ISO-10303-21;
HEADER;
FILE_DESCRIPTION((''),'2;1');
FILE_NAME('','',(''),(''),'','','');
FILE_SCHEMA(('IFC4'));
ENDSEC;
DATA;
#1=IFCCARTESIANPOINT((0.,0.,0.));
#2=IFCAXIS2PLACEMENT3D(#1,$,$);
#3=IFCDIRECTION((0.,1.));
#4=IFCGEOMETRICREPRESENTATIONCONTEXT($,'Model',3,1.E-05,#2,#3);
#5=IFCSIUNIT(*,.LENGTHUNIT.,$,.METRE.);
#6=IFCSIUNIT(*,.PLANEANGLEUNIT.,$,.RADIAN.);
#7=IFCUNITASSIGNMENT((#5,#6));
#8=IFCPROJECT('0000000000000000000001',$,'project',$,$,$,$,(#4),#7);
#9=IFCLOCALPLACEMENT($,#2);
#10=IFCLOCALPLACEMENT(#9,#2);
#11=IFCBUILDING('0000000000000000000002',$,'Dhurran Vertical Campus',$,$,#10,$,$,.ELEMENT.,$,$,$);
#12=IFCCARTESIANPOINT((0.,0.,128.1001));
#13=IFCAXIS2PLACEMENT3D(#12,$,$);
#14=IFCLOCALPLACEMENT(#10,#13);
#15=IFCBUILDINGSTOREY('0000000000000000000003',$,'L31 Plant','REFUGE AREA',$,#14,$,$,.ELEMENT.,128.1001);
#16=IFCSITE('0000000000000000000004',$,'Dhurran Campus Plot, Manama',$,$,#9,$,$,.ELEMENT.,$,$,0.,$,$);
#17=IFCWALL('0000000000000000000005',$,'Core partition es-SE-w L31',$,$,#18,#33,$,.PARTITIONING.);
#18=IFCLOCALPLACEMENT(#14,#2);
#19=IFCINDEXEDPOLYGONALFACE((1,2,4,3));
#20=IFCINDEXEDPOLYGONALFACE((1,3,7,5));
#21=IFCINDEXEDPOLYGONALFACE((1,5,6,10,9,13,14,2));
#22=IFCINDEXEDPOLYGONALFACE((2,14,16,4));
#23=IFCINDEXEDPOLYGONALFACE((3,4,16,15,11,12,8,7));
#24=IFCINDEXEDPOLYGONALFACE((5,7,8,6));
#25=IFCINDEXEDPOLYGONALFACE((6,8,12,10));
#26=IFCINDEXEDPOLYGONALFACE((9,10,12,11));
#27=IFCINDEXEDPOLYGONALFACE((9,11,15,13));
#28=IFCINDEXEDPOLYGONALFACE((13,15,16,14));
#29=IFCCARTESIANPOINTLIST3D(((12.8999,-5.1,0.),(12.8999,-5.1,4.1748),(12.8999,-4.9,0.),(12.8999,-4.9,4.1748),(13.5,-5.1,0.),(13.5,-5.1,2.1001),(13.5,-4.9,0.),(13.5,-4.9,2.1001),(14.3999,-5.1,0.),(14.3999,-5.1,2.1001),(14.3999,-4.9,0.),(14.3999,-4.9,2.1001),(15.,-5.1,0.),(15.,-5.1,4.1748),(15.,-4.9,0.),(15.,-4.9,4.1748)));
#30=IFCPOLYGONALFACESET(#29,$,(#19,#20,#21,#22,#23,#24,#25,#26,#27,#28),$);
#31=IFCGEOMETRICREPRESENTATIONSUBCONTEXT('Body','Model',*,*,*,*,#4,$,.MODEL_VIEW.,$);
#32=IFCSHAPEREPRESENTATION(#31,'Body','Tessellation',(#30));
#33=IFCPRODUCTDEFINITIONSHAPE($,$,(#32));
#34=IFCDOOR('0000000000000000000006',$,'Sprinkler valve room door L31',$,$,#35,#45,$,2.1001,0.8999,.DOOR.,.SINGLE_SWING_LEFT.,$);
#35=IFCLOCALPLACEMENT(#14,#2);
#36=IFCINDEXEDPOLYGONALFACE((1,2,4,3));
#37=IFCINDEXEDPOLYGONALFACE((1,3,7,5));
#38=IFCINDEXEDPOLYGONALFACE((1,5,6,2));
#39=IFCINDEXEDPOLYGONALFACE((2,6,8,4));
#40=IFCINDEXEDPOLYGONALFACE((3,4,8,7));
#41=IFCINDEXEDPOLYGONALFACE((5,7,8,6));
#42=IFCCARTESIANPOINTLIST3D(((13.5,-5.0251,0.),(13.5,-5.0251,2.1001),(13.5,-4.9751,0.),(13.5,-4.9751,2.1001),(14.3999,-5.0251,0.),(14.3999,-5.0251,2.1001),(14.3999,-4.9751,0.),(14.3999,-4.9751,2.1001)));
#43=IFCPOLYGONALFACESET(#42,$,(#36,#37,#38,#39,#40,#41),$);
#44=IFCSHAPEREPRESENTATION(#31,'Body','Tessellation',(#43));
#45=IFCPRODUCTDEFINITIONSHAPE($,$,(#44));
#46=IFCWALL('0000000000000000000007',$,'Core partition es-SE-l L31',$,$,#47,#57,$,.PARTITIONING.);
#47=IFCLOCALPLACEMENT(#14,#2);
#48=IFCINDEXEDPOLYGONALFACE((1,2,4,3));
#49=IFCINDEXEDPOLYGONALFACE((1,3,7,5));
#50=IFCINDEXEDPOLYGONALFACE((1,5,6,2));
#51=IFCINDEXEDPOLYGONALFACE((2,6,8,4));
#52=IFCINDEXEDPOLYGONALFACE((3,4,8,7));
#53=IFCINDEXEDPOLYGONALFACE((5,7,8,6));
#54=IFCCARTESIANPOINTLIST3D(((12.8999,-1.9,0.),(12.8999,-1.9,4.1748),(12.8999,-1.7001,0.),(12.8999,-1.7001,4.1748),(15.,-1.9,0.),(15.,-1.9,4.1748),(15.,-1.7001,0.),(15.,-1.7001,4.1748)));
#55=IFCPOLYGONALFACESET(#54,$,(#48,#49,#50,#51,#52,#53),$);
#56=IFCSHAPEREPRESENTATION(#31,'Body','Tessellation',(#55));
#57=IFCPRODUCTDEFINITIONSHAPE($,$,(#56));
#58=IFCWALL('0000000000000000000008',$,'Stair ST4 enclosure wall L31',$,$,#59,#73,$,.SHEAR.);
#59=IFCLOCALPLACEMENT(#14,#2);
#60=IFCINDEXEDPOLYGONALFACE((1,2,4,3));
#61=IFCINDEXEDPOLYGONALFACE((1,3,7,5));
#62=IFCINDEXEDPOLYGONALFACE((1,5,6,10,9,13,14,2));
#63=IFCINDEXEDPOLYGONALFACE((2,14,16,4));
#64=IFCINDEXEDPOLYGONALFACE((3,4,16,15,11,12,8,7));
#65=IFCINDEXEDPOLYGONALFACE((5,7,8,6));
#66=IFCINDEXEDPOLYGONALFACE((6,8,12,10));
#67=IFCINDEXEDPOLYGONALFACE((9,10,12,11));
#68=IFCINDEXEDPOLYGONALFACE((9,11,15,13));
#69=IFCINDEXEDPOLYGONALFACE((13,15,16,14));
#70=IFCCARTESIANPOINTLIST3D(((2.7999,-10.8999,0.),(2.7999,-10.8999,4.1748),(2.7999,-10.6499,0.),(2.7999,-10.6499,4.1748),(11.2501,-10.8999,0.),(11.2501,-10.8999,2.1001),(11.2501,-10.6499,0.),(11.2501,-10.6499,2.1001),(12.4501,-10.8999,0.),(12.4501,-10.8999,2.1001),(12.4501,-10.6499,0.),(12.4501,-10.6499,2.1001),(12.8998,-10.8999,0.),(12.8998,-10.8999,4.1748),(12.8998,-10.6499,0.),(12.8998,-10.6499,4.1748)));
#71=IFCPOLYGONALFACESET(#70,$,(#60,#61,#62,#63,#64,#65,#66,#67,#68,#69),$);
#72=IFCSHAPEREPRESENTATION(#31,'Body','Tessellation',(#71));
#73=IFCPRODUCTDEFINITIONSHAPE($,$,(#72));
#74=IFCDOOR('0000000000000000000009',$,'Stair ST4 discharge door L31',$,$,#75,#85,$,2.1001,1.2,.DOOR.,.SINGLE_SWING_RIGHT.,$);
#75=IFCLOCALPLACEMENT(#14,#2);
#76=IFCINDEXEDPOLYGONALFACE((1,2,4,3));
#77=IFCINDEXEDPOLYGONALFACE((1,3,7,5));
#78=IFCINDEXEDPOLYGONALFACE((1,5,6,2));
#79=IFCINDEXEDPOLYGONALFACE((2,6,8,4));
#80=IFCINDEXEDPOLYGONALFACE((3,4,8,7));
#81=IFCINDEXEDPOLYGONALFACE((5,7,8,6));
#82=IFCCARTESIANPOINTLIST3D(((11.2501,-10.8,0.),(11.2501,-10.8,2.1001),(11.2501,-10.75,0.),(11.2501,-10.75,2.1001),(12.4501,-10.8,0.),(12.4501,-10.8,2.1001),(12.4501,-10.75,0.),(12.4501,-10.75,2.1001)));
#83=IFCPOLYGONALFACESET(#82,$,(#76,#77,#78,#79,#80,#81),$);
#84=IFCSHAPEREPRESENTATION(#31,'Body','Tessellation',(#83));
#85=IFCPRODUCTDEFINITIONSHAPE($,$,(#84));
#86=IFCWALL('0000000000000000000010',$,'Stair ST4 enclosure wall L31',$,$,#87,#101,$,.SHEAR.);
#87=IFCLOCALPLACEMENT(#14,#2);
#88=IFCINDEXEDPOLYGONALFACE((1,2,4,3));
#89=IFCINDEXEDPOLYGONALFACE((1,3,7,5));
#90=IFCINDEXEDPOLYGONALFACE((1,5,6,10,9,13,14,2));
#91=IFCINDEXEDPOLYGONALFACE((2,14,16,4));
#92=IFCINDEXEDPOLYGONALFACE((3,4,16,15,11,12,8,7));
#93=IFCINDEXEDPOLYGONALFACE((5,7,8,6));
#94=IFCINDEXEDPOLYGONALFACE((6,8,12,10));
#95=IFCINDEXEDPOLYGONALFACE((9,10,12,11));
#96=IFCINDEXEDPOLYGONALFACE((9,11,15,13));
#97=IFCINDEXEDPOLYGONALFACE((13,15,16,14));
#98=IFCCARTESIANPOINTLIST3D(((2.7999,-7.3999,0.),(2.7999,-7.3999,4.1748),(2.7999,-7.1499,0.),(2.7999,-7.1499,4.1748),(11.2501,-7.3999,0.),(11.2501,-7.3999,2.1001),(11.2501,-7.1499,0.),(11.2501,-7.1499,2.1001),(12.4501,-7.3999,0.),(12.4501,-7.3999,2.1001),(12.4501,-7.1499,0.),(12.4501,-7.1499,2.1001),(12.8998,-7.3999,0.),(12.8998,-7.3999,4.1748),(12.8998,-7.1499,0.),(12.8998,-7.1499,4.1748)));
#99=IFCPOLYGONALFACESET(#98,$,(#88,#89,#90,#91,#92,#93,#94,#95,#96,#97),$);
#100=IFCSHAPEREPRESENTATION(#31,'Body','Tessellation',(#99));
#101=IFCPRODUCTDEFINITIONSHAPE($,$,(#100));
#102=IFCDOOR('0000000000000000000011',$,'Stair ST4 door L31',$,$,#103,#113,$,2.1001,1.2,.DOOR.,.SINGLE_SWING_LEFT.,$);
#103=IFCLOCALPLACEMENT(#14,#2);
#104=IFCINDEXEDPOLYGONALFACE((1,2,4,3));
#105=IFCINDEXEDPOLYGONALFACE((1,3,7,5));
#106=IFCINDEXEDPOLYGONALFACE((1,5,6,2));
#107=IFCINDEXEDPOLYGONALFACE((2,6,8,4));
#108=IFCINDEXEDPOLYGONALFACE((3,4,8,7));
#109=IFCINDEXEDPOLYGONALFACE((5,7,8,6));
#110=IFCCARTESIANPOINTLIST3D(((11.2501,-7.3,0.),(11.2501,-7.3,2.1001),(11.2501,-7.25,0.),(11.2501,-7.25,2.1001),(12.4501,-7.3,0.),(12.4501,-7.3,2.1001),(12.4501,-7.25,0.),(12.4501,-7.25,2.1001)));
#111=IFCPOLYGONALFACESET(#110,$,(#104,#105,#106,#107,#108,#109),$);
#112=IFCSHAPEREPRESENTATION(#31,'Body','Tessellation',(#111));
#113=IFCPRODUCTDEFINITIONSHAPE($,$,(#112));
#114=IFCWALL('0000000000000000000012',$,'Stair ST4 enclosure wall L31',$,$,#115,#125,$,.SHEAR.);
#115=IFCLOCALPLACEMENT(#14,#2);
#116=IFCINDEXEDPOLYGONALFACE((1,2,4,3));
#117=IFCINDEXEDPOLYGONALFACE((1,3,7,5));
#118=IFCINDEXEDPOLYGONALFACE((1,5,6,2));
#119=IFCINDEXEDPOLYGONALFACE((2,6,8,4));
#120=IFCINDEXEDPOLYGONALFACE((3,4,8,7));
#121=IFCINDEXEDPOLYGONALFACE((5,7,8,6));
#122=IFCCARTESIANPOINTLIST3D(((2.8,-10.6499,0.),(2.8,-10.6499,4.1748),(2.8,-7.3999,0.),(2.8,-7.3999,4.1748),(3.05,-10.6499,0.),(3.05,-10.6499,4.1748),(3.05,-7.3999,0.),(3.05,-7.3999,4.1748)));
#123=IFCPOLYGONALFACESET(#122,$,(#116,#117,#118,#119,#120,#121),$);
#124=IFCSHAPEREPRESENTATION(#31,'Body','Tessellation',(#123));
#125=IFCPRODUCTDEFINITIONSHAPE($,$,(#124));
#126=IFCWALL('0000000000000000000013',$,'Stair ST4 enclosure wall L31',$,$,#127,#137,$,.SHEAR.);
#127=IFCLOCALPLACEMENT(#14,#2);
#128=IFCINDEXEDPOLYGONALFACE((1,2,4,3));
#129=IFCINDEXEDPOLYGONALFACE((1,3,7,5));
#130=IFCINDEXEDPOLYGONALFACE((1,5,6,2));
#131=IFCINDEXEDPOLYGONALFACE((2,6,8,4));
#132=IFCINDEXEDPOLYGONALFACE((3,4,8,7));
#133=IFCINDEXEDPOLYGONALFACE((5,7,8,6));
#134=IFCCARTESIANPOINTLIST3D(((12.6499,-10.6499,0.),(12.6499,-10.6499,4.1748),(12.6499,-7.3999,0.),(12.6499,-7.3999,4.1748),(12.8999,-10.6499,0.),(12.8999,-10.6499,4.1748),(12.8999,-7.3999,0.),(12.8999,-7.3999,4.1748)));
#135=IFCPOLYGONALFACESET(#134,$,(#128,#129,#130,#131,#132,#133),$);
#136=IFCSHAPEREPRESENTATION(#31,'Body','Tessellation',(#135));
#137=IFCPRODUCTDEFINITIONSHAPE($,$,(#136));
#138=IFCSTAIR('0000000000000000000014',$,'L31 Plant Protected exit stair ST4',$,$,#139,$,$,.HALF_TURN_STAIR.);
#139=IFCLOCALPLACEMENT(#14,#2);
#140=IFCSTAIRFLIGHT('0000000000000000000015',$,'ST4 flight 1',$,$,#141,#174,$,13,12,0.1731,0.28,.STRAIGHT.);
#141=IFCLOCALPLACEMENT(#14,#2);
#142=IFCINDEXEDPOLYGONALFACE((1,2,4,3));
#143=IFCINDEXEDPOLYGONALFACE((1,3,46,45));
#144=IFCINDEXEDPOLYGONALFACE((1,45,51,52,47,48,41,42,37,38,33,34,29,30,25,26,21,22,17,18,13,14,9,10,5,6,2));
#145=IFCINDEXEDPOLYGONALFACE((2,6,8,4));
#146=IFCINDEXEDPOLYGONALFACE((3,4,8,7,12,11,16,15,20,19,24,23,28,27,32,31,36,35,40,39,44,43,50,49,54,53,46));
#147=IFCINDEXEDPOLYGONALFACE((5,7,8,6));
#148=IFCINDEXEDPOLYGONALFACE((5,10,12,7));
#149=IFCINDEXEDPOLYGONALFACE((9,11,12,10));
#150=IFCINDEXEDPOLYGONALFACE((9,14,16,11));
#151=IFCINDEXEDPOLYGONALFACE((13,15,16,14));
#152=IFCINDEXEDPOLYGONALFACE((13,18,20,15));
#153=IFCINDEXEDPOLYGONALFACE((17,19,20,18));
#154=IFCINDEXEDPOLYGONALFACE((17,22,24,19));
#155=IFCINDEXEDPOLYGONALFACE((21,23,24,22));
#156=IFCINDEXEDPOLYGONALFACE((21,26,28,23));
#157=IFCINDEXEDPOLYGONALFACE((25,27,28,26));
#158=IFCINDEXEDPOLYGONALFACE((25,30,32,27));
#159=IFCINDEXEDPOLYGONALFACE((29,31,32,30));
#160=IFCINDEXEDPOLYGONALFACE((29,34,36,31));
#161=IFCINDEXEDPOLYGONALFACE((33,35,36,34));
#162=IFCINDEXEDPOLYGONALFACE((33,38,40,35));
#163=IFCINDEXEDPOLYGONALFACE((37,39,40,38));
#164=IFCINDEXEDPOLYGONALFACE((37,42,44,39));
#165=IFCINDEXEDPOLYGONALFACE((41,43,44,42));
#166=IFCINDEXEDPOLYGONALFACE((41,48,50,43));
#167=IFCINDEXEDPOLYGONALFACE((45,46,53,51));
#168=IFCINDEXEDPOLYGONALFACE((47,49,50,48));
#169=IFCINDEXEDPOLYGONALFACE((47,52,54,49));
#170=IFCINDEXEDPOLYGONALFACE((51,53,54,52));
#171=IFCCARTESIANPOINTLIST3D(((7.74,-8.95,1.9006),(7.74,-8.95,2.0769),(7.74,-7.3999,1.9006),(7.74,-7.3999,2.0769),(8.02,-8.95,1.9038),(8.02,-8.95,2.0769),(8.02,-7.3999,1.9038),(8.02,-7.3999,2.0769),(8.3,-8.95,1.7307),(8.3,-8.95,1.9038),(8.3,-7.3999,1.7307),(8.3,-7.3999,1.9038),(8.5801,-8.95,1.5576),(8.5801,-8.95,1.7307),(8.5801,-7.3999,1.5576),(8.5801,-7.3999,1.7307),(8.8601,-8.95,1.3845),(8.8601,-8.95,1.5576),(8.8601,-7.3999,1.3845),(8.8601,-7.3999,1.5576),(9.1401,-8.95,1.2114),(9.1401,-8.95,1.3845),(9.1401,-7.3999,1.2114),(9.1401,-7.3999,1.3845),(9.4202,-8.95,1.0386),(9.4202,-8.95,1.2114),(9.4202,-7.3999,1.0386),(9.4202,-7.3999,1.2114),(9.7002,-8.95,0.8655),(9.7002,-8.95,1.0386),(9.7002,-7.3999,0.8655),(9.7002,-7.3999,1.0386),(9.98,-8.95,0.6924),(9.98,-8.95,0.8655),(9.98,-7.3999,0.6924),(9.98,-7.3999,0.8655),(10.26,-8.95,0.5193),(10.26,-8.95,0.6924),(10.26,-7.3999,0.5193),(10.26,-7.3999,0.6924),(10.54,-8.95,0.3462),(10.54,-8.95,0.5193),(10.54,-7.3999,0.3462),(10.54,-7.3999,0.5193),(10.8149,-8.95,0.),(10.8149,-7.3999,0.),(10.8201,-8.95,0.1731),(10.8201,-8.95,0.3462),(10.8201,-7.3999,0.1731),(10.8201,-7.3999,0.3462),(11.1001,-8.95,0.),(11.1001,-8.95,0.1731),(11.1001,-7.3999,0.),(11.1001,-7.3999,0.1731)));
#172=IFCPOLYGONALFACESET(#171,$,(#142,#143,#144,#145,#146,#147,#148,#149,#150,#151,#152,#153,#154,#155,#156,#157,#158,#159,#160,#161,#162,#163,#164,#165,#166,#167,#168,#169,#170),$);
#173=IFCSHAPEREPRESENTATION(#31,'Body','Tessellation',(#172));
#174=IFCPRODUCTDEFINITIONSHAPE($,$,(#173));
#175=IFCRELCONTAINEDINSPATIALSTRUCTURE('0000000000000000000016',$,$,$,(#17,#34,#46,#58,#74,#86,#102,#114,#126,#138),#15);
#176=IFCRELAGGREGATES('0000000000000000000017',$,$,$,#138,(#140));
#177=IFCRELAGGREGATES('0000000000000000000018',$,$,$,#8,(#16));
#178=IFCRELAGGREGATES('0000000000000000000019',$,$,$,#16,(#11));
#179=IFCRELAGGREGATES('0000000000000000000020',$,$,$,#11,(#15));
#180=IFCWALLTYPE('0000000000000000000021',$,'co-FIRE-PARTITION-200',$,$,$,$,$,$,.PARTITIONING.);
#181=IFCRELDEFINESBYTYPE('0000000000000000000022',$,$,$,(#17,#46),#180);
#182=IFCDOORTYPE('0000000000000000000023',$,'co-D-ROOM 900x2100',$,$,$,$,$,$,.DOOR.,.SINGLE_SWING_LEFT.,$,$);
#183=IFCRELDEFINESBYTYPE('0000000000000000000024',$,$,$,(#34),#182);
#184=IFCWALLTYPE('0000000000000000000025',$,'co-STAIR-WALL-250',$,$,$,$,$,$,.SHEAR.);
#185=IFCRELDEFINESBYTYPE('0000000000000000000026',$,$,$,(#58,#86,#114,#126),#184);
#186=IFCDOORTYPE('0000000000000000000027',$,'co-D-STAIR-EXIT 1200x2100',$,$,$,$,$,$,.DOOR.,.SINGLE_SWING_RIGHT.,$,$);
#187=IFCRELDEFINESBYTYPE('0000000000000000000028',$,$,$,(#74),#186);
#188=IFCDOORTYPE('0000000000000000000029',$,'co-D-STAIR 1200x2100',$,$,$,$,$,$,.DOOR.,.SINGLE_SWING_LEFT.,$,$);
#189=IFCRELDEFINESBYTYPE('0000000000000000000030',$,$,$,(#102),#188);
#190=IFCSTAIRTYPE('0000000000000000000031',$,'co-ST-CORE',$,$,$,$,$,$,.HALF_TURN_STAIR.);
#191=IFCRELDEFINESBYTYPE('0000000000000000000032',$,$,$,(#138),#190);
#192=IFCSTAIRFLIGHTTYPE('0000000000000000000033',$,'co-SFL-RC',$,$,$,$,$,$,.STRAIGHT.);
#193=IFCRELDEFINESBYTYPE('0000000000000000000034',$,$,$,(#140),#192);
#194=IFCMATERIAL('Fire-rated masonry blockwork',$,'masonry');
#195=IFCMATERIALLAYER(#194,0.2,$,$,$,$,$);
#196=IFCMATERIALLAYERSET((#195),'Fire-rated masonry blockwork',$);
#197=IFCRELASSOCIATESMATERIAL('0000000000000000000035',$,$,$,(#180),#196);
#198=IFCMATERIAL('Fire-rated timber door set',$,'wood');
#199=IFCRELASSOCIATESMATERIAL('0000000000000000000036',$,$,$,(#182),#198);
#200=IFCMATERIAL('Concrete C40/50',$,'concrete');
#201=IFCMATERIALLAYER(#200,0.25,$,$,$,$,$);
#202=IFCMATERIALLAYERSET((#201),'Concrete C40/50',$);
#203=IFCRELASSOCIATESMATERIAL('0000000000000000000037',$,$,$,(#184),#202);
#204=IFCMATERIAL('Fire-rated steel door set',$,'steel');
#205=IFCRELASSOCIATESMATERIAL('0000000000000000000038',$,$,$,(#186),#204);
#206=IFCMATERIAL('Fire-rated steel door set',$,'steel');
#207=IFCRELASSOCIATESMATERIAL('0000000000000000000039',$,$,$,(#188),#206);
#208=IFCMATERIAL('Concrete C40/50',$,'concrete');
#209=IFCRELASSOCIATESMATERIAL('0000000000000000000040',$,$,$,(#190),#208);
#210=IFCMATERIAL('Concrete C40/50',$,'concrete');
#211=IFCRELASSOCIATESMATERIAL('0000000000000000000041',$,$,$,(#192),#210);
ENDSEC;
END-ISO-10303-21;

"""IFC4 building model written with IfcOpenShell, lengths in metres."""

from ifc_helpers import new_model, si_unit, direction, frame, frame_2d, origin, place, context, subcontext, project, spatial, polyline, rectangle, outline, extrude, material, layer, layer_set, type_object, element, fill, aggregate, save


model = new_model("IFC4")

# Units and contexts
model_context = context("Model", 3, precision=1e-05, world=origin(), true_north=direction((0.0, 1.0)))
body_context = subcontext(model_context, "Body", "Model", "MODEL_VIEW")
ifc_project = project(units=[si_unit("LENGTHUNIT", "METRE"), si_unit("PLANEANGLEUNIT", "RADIAN")], contexts=[model_context])

# Site, building, storey
site_placement = place(None, origin())
site = spatial("IfcSite", under=ifc_project, at=site_placement, Name="Dhurran Campus Plot, Manama", CompositionType="ELEMENT", RefElevation=0.0)
building_placement = place(site_placement, origin())
building = spatial("IfcBuilding", under=site, at=building_placement, Name="Dhurran Vertical Campus", CompositionType="ELEMENT")
storey_placement = place(building_placement, frame((0.0, 0.0, 128.1001)))
storey = spatial("IfcBuildingStorey", under=building, at=storey_placement, Name="L31 Plant", Description="REFUGE AREA", CompositionType="ELEMENT", Elevation=128.1001)

# Wall, opening, door
ifc_material_1 = material(Name="Fire-rated masonry blockwork", Category="masonry")
ifc_layer_1 = layer(ifc_material_1, 0.2)
ifc_layer_set_1 = layer_set([ifc_layer_1], Name="Fire-rated masonry blockwork")
wall_type_1 = type_object("IfcWallType", Name="co-FIRE-PARTITION-200", PredefinedType="PARTITIONING", material=ifc_layer_set_1)
ifc_material_2 = material(Name="Fire-rated timber door set", Category="wood")
door_type_1 = type_object("IfcDoorType", Name="co-D-ROOM 900x2100", OperationType="SINGLE_SWING_LEFT", PredefinedType="DOOR", material=ifc_material_2)
wall_1_placement = place(storey_placement, frame((12.8999, -5.0, 0.0), z_axis=(0.0, 0.0, 1.0), x_axis=(1.0, 0.0, 0.0)))
wall_1 = element("IfcWall", 1, at=wall_1_placement, inside=storey, type_object=wall_type_1, Name="Core partition es-SE-w L31", PredefinedType="PARTITIONING", context=body_context, shape_type="SweptSolid", body=[
    extrude(rectangle(XDim=2.1001, YDim=0.2, at=frame_2d((1.05, 0.0))), origin(), (0.0, 0.0, 1.0), 4.1748),
])
opening_1_placement = place(wall_1_placement, frame((0.6001, 0.0, 0.0)))
opening_1 = element("IfcOpeningElement", 2, at=opening_1_placement, cuts=wall_1, PredefinedType="OPENING", context=body_context, shape_type="SweptSolid", body=[
    extrude(rectangle(XDim=0.8999, YDim=2.1001, at=frame_2d((0.45, 1.05))), frame((0.0, 0.1099, 0.0), z_axis=(0.0, -1.0, 0.0), x_axis=(1.0, 0.0, 0.0)), (0.0, 0.0, 1.0), 0.22),
])
door_1_placement = place(opening_1_placement, origin())
door_1 = element("IfcDoor", 3, at=door_1_placement, inside=storey, type_object=door_type_1, Name="Sprinkler valve room door L31", OperationType="SINGLE_SWING_LEFT", OverallHeight=2.1001, OverallWidth=0.8999, PredefinedType="DOOR", context=body_context, shape_type="SweptSolid", body=[
    extrude(rectangle(XDim=0.8999, YDim=2.1001, at=frame_2d((0.45, 1.05))), frame((0.0, 0.0249, 0.0), z_axis=(0.0, -1.0, 0.0), x_axis=(1.0, 0.0, 0.0)), (0.0, 0.0, 1.0), 0.05),
])
fill(opening_1, door_1)

# Wall
wall_2_placement = place(storey_placement, frame((12.8999, -1.8, 0.0), z_axis=(0.0, 0.0, 1.0), x_axis=(1.0, 0.0, 0.0)))
element("IfcWall", 4, at=wall_2_placement, inside=storey, type_object=wall_type_1, Name="Core partition es-SE-l L31", PredefinedType="PARTITIONING", context=body_context, shape_type="SweptSolid", body=[
    extrude(rectangle(XDim=2.1001, YDim=0.2, at=frame_2d((1.05, 0.0))), origin(), (0.0, 0.0, 1.0), 4.1748),
])

# Walls, openings, doors
ifc_material_3 = material(Name="Concrete C40/50", Category="concrete")
ifc_layer_2 = layer(ifc_material_3, 0.25)
ifc_layer_set_2 = layer_set([ifc_layer_2], Name="Concrete C40/50")
wall_type_2 = type_object("IfcWallType", Name="co-STAIR-WALL-250", PredefinedType="SHEAR", material=ifc_layer_set_2)
wall_3_placement = place(storey_placement, frame((2.8, -10.7749, 0.0), z_axis=(0.0, 0.0, 1.0), x_axis=(1.0, 0.0, 0.0)))
wall_3 = element("IfcWall", 5, at=wall_3_placement, inside=storey, type_object=wall_type_2, Name="Stair ST4 enclosure wall L31", PredefinedType="SHEAR", context=body_context, shape_type="SweptSolid", body=[
    extrude(rectangle(XDim=10.0999, YDim=0.25, at=frame_2d((5.0498, 0.0))), origin(), (0.0, 0.0, 1.0), 4.1748),
])
opening_2_placement = place(wall_3_placement, frame((8.45, 0.0, 0.0)))
opening_2 = element("IfcOpeningElement", 6, at=opening_2_placement, cuts=wall_3, PredefinedType="OPENING", context=body_context, shape_type="SweptSolid", body=[
    extrude(rectangle(XDim=1.2, YDim=2.1001, at=frame_2d((0.6001, 1.05))), frame((0.0, 0.135, 0.0), z_axis=(0.0, -1.0, 0.0), x_axis=(1.0, 0.0, 0.0)), (0.0, 0.0, 1.0), 0.27),
])
ifc_material_4 = material(Name="Fire-rated steel door set", Category="steel")
door_type_2 = type_object("IfcDoorType", Name="co-D-STAIR-EXIT 1200x2100", OperationType="SINGLE_SWING_RIGHT", PredefinedType="DOOR", material=ifc_material_4)
door_2_placement = place(opening_2_placement, origin())
door_2 = element("IfcDoor", 7, at=door_2_placement, inside=storey, type_object=door_type_2, Name="Stair ST4 discharge door L31", OperationType="SINGLE_SWING_RIGHT", OverallHeight=2.1001, OverallWidth=1.2, PredefinedType="DOOR", context=body_context, shape_type="SweptSolid", body=[
    extrude(rectangle(XDim=1.2, YDim=2.1001, at=frame_2d((0.6001, 1.05))), frame((0.0, 0.0249, 0.0), z_axis=(0.0, -1.0, 0.0), x_axis=(1.0, 0.0, 0.0)), (0.0, 0.0, 1.0), 0.05),
])
fill(opening_2, door_2)
wall_4_placement = place(storey_placement, frame((2.8, -7.2749, 0.0), z_axis=(0.0, 0.0, 1.0), x_axis=(1.0, 0.0, 0.0)))
wall_4 = element("IfcWall", 8, at=wall_4_placement, inside=storey, type_object=wall_type_2, Name="Stair ST4 enclosure wall L31", PredefinedType="SHEAR", context=body_context, shape_type="SweptSolid", body=[
    extrude(rectangle(XDim=10.0999, YDim=0.25, at=frame_2d((5.0498, 0.0))), origin(), (0.0, 0.0, 1.0), 4.1748),
])
opening_3_placement = place(wall_4_placement, frame((8.45, 0.0, 0.0)))
opening_3 = element("IfcOpeningElement", 9, at=opening_3_placement, cuts=wall_4, PredefinedType="OPENING", context=body_context, shape_type="SweptSolid", body=[
    extrude(rectangle(XDim=1.2, YDim=2.1001, at=frame_2d((0.6001, 1.05))), frame((0.0, 0.135, 0.0), z_axis=(0.0, -1.0, 0.0), x_axis=(1.0, 0.0, 0.0)), (0.0, 0.0, 1.0), 0.27),
])
ifc_material_5 = material(Name="Fire-rated steel door set", Category="steel")
door_type_3 = type_object("IfcDoorType", Name="co-D-STAIR 1200x2100", OperationType="SINGLE_SWING_LEFT", PredefinedType="DOOR", material=ifc_material_5)
door_3_placement = place(opening_3_placement, origin())
door_3 = element("IfcDoor", 10, at=door_3_placement, inside=storey, type_object=door_type_3, Name="Stair ST4 door L31", OperationType="SINGLE_SWING_LEFT", OverallHeight=2.1001, OverallWidth=1.2, PredefinedType="DOOR", context=body_context, shape_type="SweptSolid", body=[
    extrude(rectangle(XDim=1.2, YDim=2.1001, at=frame_2d((0.6001, 1.05))), frame((0.0, 0.0249, 0.0), z_axis=(0.0, -1.0, 0.0), x_axis=(1.0, 0.0, 0.0)), (0.0, 0.0, 1.0), 0.05),
])
fill(opening_3, door_3)

# Walls
for number, where, z_axis, x_axis, name in (
    (11, (2.925, -10.6499, 0.0), (0.0, 0.0, 1.0), (0.0, 1.0, 0.0), "Stair ST4 enclosure wall L31"),
    (12, (12.7749, -10.6499, 0.0), (0.0, 0.0, 1.0), (0.0, 1.0, 0.0), "Stair ST4 enclosure wall L31"),
):
    element("IfcWall", number, at=place(storey_placement, frame(where, z_axis=z_axis, x_axis=x_axis)), inside=storey, type_object=wall_type_2, Name=name, PredefinedType="SHEAR", context=body_context, shape_type="SweptSolid", body=[
        extrude(rectangle(XDim=3.25, YDim=0.25, at=frame_2d((1.625, 0.0))), origin(), (0.0, 0.0, 1.0), 4.1748),
    ])

# Stair, stair flight
ifc_material_6 = material(Name="Concrete C40/50", Category="concrete")
stair_type = type_object("IfcStairType", Name="co-ST-CORE", PredefinedType="HALF_TURN_STAIR", material=ifc_material_6)
stair_placement = place(storey_placement, origin())
stair = element("IfcStair", 13, at=stair_placement, inside=storey, type_object=stair_type, Name="L31 Plant Protected exit stair ST4", PredefinedType="HALF_TURN_STAIR")
ifc_material_7 = material(Name="Concrete C40/50", Category="concrete")
stair_flight_type = type_object("IfcStairFlightType", Name="co-SFL-RC", PredefinedType="STRAIGHT", material=ifc_material_7)
stair_flight_1_placement = place(storey_placement, frame((11.1001, -8.175, 0.0), z_axis=(0.0, 0.0, 1.0), x_axis=(-1.0, 0.0, 0.0)))
stair_flight_1 = element("IfcStairFlight", 14, at=stair_flight_1_placement, type_object=stair_flight_type, Name="ST4 flight 1", NumberOfRisers=13, NumberOfTreads=12, PredefinedType="STRAIGHT", RiserHeight=0.1731, TreadLength=0.28, context=body_context, shape_type="SweptSolid", body=[
    extrude(outline(polyline([(0.0, 0.0), (0.0, 0.1731), (0.28, 0.1731), (0.28, 0.3462), (0.5601, 0.3462), (0.5601, 0.5193), (0.8401, 0.5193), (0.8401, 0.6924), (1.1201, 0.6924), (1.1201, 0.8655), (1.3999, 0.8655), (1.3999, 1.0386), (1.6799, 1.0386), (1.6799, 1.2114), (1.96, 1.2114), (1.96, 1.3845), (2.24, 1.3845), (2.24, 1.5576), (2.52, 1.5576), (2.52, 1.7307), (2.8, 1.7307), (2.8, 1.9038), (3.0801, 1.9038), (3.0801, 2.0769), (3.3601, 2.0769), (3.3601, 2.25), (3.3601, 1.9006), (0.2852, 0.0), (0.0, 0.0)])), frame((0.0, 0.7749, 0.0), z_axis=(0.0, -1.0, 0.0), x_axis=(1.0, 0.0, 0.0)), (0.0, 0.0, 1.0), 1.55),
])
aggregate(stair, [stair_flight_1])

save(model, "model.ifc")
